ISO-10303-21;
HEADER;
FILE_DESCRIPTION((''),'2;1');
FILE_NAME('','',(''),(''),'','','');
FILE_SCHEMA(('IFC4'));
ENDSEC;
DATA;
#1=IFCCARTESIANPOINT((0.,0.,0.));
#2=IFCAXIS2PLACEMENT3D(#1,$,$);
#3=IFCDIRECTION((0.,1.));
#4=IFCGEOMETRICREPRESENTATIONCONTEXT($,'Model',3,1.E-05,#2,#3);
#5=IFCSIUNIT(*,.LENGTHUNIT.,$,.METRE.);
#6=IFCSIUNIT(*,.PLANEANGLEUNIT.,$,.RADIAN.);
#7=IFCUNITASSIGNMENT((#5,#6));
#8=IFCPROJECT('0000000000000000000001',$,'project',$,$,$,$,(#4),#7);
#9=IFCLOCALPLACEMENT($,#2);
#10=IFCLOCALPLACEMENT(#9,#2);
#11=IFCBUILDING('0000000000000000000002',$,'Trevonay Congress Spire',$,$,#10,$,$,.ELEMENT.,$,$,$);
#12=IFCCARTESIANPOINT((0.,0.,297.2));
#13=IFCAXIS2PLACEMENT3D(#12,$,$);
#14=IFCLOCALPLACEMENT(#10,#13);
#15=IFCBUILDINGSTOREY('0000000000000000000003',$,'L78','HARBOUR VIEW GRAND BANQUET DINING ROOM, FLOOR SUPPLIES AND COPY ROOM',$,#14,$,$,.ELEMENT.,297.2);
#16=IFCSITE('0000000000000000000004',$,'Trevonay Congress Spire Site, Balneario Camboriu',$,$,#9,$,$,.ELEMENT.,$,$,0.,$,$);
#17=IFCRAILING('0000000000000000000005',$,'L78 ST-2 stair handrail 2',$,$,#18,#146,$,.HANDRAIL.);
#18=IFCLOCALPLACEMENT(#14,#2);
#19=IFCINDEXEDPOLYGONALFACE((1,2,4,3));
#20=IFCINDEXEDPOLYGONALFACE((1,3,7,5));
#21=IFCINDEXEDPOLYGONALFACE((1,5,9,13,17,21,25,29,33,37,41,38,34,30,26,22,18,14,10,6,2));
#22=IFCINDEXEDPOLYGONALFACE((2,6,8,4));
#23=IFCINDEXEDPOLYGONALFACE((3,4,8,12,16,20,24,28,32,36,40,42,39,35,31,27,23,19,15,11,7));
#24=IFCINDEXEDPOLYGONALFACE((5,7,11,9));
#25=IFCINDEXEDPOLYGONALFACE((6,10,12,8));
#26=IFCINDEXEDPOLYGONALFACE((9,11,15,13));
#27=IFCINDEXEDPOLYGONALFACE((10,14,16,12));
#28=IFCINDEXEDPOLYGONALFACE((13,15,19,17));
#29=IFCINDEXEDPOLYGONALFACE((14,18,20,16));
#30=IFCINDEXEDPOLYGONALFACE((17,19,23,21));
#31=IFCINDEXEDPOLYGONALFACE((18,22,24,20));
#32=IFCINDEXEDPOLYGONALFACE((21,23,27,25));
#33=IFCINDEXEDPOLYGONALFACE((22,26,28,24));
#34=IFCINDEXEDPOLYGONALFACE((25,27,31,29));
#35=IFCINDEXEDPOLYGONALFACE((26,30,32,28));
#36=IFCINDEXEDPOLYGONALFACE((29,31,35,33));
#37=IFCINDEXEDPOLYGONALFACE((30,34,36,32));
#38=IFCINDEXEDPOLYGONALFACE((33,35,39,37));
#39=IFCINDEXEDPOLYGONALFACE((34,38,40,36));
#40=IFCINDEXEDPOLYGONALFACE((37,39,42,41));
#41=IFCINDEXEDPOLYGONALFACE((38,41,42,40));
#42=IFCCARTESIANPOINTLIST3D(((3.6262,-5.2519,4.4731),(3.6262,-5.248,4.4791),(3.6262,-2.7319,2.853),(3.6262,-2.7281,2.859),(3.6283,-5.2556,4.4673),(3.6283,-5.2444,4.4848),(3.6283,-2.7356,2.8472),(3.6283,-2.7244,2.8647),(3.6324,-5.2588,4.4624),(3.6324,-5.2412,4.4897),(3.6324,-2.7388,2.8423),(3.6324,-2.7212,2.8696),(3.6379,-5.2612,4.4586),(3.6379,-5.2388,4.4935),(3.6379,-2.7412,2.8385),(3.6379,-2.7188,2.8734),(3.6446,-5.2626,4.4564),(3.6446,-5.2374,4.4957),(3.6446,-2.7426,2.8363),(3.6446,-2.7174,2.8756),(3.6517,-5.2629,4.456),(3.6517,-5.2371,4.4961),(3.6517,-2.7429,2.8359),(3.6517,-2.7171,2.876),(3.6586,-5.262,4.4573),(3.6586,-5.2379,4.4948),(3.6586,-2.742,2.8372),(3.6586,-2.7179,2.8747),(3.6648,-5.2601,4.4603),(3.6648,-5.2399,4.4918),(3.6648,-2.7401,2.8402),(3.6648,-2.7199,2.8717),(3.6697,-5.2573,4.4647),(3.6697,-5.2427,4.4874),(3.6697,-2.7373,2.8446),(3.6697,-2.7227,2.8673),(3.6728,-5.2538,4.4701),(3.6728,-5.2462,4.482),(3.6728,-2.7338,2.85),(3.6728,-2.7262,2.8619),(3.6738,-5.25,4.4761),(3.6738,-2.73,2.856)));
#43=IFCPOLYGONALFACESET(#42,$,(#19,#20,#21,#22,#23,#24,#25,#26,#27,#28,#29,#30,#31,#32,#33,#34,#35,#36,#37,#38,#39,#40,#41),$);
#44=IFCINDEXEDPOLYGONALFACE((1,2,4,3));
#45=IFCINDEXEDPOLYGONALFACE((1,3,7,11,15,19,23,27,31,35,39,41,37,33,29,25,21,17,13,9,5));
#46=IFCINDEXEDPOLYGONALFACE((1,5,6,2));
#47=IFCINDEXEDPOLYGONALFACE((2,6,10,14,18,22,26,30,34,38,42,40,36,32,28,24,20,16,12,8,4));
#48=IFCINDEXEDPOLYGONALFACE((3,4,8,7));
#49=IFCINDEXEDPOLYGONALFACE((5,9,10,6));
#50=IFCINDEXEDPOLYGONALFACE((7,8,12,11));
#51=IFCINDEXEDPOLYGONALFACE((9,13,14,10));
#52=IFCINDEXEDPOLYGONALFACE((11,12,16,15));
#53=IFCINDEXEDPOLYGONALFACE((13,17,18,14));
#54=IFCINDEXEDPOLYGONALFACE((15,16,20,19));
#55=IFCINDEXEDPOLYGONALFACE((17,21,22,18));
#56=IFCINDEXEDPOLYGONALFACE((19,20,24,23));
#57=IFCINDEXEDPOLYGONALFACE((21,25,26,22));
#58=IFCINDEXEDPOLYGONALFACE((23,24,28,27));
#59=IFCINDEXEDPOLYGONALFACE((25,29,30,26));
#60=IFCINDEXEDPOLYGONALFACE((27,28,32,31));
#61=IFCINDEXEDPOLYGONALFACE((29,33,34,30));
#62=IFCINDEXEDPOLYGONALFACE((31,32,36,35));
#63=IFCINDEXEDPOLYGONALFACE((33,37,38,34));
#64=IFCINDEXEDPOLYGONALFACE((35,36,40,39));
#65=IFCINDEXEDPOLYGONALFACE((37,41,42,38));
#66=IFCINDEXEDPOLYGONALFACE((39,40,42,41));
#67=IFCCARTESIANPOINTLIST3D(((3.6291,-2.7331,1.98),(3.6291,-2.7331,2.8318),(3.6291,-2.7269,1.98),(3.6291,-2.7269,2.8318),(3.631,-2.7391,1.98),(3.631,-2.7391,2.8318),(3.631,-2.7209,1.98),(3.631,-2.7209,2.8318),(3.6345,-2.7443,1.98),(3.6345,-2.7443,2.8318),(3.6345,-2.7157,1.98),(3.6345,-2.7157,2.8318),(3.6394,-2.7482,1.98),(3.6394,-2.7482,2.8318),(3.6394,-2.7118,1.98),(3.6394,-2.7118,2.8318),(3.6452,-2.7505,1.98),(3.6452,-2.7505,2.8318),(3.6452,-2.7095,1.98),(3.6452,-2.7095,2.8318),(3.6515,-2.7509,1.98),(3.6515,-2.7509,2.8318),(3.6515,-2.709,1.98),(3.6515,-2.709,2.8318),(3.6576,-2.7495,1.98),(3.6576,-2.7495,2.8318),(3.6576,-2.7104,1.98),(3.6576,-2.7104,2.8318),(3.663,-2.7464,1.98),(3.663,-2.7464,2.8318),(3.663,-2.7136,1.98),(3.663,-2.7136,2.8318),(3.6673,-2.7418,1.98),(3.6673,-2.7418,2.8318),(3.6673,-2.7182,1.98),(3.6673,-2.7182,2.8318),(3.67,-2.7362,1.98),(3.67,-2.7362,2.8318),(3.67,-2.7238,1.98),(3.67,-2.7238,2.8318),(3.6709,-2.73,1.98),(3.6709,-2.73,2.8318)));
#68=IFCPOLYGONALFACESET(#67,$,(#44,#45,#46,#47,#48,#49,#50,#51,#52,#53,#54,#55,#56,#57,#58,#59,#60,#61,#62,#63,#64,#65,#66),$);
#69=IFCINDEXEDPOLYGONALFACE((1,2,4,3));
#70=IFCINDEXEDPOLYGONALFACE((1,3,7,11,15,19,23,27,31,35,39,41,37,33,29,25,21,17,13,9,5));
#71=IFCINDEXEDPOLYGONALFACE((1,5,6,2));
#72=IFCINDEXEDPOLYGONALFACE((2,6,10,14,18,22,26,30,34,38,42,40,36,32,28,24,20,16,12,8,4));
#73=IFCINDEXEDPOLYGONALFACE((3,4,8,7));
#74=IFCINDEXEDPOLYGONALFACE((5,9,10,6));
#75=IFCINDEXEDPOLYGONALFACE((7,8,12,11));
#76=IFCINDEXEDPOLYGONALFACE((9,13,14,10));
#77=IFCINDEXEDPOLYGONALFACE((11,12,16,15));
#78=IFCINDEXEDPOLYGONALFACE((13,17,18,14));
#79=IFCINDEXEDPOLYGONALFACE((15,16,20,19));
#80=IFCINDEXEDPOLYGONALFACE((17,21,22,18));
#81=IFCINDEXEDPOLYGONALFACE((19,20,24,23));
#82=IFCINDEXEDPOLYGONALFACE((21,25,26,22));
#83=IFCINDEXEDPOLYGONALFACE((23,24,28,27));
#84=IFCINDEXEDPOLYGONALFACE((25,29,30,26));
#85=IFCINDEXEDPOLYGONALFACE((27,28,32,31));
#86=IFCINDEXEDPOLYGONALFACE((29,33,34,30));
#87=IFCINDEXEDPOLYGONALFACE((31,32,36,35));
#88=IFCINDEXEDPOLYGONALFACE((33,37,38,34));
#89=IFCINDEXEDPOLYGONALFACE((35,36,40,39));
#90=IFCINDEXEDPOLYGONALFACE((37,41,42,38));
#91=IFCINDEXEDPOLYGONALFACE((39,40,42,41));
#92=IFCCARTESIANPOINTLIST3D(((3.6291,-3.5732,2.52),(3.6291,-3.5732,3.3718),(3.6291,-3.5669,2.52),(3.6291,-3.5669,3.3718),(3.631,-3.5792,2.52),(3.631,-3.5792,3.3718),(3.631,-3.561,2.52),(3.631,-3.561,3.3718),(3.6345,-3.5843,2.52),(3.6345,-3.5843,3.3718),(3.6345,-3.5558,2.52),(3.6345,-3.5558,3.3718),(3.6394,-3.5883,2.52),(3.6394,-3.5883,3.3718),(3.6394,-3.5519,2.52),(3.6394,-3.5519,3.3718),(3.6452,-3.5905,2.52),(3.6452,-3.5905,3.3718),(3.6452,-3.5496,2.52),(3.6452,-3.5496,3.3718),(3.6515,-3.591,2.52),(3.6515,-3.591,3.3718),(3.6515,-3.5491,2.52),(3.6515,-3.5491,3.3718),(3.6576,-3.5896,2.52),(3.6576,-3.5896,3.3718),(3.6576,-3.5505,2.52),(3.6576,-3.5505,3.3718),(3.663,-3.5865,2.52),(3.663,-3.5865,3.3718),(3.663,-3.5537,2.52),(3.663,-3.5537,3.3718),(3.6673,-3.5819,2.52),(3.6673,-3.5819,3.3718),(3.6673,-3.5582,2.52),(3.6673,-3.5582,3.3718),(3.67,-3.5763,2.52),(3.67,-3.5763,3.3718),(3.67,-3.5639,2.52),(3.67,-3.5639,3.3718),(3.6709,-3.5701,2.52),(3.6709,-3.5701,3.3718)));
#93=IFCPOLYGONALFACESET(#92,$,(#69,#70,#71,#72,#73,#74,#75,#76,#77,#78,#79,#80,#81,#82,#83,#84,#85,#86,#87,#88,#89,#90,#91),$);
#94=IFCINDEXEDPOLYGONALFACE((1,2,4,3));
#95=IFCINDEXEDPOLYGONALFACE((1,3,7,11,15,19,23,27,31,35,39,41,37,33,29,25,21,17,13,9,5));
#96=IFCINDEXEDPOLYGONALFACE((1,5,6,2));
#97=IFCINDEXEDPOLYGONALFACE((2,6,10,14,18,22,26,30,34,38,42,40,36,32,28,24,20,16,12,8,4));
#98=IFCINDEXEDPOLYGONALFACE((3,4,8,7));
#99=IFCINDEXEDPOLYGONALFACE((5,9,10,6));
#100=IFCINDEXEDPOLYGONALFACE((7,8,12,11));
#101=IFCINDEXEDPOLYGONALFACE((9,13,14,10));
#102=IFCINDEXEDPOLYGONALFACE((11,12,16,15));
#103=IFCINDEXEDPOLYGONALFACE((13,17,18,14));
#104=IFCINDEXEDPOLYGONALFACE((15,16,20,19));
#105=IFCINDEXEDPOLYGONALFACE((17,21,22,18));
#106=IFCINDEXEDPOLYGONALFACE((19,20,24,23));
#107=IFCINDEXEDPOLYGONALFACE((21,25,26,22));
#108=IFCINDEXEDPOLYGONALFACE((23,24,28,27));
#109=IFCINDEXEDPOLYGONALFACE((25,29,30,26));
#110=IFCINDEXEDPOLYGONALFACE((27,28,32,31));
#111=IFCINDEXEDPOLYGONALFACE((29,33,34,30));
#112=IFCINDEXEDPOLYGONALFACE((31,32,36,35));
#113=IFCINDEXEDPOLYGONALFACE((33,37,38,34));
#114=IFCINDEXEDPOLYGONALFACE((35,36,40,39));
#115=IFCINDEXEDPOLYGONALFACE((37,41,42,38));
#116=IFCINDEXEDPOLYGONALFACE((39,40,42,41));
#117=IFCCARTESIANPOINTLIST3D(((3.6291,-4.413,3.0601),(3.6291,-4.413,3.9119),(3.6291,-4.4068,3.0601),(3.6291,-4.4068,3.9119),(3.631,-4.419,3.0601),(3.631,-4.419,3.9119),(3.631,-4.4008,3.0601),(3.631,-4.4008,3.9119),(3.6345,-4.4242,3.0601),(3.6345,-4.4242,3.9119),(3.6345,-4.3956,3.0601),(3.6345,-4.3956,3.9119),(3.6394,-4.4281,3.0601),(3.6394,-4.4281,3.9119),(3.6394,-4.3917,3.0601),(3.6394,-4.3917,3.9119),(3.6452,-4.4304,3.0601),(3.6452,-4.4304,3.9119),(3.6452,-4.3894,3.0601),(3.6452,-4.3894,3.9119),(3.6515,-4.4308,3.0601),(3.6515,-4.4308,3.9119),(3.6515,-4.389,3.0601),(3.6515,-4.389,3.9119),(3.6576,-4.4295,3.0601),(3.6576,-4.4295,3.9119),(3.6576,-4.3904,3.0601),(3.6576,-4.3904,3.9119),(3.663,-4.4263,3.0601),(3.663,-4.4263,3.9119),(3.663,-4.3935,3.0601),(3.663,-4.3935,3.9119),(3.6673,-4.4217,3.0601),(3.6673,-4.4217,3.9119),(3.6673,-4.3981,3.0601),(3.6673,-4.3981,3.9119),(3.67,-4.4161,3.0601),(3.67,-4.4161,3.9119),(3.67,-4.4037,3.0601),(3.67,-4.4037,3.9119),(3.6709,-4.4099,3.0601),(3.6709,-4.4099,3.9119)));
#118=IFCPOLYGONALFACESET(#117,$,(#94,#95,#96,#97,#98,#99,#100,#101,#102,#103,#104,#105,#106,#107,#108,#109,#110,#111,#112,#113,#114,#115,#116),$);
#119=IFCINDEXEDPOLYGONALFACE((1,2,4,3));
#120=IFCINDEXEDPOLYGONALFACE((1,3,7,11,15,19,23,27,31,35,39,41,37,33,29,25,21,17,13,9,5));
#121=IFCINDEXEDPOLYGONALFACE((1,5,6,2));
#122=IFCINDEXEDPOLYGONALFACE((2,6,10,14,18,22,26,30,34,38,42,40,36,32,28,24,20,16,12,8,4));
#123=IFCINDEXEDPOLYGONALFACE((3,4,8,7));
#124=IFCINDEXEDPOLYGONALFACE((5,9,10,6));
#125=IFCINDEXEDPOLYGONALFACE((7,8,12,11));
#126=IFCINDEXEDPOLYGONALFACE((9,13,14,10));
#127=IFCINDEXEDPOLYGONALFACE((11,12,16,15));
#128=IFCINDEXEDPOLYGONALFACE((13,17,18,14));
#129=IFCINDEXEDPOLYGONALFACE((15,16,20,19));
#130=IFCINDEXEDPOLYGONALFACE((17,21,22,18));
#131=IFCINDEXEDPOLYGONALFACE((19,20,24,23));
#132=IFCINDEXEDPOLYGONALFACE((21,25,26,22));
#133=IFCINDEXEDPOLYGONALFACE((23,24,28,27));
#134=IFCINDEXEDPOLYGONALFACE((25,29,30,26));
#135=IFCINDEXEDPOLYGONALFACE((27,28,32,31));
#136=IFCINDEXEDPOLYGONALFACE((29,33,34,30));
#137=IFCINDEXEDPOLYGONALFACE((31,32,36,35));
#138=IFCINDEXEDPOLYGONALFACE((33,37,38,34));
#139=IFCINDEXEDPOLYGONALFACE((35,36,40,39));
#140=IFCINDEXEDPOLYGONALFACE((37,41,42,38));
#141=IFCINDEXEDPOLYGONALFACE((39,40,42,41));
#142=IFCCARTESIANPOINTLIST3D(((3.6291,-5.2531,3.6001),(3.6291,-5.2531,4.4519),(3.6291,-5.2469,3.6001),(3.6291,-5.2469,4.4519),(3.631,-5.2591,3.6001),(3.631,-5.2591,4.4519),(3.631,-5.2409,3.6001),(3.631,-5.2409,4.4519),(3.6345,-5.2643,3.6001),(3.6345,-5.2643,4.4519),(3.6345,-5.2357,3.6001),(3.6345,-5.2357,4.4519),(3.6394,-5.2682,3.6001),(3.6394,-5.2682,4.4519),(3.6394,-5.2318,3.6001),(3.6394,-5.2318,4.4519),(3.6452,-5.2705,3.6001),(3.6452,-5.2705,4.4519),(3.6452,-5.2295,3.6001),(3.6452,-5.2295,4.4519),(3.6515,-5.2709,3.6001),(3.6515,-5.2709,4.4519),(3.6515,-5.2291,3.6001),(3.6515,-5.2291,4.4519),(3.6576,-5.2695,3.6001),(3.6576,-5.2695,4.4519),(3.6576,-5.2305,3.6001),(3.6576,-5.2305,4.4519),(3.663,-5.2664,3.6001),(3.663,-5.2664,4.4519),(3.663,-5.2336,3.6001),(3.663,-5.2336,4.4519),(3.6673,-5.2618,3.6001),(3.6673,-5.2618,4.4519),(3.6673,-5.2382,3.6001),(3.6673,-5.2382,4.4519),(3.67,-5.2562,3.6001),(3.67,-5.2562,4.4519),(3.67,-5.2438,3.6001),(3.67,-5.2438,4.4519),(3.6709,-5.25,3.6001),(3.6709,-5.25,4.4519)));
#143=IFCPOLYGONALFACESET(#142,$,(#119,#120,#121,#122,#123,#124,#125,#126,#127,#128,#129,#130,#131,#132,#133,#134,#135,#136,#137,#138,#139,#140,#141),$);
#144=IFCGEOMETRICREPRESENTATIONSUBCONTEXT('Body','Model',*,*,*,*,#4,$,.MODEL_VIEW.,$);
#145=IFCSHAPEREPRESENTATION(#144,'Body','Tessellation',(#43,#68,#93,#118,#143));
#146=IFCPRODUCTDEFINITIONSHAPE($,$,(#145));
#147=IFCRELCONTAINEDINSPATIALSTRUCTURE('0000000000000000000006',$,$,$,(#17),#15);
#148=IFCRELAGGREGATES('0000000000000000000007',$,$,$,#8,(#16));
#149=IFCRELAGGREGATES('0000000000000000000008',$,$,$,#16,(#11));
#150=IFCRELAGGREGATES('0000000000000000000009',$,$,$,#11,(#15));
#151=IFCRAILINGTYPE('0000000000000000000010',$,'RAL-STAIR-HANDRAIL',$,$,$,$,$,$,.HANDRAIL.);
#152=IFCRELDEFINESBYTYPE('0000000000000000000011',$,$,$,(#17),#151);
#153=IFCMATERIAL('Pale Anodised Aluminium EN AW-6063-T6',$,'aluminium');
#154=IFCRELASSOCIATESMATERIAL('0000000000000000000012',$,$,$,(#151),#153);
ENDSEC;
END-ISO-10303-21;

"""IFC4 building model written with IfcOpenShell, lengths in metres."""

from ifc_helpers import new_model, si_unit, direction, frame, origin, origin_2d, place, context, subcontext, project, spatial, circle, extrude, material, type_object, element, save


model = new_model("IFC4")

# Units and contexts
model_context = context("Model", 3, precision=1e-05, world=origin(), true_north=direction((0.0, 1.0)))
body_context = subcontext(model_context, "Body", "Model", "MODEL_VIEW")
ifc_project = project(units=[si_unit("LENGTHUNIT", "METRE"), si_unit("PLANEANGLEUNIT", "RADIAN")], contexts=[model_context])

# Site, building, storey
site_placement = place(None, origin())
site = spatial("IfcSite", under=ifc_project, at=site_placement, Name="Trevonay Congress Spire Site, Balneario Camboriu", CompositionType="ELEMENT", RefElevation=0.0)
building_placement = place(site_placement, origin())
building = spatial("IfcBuilding", under=site, at=building_placement, Name="Trevonay Congress Spire", CompositionType="ELEMENT")
storey_placement = place(building_placement, frame((0.0, 0.0, 297.2)))
storey = spatial("IfcBuildingStorey", under=building, at=storey_placement, Name="L78", Description="HARBOUR VIEW GRAND BANQUET DINING ROOM, FLOOR SUPPLIES AND COPY ROOM", CompositionType="ELEMENT", Elevation=297.2)

# Shared definitions
ifc_material_1 = material(Name="Pale Anodised Aluminium EN AW-6063-T6", Category="aluminium")

# Railing
railing_type_1 = type_object("IfcRailingType", Name="RAL-STAIR-HANDRAIL", PredefinedType="HANDRAIL", material=ifc_material_1)
railing_1_placement = place(storey_placement, frame((3.6499, -2.73, 1.98)))
element("IfcRailing", 1, at=railing_1_placement, inside=storey, type_object=railing_type_1, Name="L78 ST-2 stair handrail 2", PredefinedType="HANDRAIL", context=body_context, shape_type="SweptSolid", body=[
    extrude(circle(Radius=0.0239, at=origin_2d()), frame((0.0, 0.0, 0.876), z_axis=(0.0, -0.841163, 0.540782), x_axis=(1.0, 0.0, 0.0)), (0.0, 0.0, 1.0), 2.9958),
    extrude(circle(Radius=0.021, at=origin_2d()), origin(), (0.0, 0.0, 1.0), 0.8518),
    extrude(circle(Radius=0.021, at=origin_2d()), frame((0.0, -0.8401, 0.54)), (0.0, 0.0, 1.0), 0.8518),
    extrude(circle(Radius=0.021, at=origin_2d()), frame((0.0, -1.6799, 1.0801)), (0.0, 0.0, 1.0), 0.8518),
    extrude(circle(Radius=0.021, at=origin_2d()), frame((0.0, -2.52, 1.6201)), (0.0, 0.0, 1.0), 0.8518),
])

save(model, "model.ifc")
